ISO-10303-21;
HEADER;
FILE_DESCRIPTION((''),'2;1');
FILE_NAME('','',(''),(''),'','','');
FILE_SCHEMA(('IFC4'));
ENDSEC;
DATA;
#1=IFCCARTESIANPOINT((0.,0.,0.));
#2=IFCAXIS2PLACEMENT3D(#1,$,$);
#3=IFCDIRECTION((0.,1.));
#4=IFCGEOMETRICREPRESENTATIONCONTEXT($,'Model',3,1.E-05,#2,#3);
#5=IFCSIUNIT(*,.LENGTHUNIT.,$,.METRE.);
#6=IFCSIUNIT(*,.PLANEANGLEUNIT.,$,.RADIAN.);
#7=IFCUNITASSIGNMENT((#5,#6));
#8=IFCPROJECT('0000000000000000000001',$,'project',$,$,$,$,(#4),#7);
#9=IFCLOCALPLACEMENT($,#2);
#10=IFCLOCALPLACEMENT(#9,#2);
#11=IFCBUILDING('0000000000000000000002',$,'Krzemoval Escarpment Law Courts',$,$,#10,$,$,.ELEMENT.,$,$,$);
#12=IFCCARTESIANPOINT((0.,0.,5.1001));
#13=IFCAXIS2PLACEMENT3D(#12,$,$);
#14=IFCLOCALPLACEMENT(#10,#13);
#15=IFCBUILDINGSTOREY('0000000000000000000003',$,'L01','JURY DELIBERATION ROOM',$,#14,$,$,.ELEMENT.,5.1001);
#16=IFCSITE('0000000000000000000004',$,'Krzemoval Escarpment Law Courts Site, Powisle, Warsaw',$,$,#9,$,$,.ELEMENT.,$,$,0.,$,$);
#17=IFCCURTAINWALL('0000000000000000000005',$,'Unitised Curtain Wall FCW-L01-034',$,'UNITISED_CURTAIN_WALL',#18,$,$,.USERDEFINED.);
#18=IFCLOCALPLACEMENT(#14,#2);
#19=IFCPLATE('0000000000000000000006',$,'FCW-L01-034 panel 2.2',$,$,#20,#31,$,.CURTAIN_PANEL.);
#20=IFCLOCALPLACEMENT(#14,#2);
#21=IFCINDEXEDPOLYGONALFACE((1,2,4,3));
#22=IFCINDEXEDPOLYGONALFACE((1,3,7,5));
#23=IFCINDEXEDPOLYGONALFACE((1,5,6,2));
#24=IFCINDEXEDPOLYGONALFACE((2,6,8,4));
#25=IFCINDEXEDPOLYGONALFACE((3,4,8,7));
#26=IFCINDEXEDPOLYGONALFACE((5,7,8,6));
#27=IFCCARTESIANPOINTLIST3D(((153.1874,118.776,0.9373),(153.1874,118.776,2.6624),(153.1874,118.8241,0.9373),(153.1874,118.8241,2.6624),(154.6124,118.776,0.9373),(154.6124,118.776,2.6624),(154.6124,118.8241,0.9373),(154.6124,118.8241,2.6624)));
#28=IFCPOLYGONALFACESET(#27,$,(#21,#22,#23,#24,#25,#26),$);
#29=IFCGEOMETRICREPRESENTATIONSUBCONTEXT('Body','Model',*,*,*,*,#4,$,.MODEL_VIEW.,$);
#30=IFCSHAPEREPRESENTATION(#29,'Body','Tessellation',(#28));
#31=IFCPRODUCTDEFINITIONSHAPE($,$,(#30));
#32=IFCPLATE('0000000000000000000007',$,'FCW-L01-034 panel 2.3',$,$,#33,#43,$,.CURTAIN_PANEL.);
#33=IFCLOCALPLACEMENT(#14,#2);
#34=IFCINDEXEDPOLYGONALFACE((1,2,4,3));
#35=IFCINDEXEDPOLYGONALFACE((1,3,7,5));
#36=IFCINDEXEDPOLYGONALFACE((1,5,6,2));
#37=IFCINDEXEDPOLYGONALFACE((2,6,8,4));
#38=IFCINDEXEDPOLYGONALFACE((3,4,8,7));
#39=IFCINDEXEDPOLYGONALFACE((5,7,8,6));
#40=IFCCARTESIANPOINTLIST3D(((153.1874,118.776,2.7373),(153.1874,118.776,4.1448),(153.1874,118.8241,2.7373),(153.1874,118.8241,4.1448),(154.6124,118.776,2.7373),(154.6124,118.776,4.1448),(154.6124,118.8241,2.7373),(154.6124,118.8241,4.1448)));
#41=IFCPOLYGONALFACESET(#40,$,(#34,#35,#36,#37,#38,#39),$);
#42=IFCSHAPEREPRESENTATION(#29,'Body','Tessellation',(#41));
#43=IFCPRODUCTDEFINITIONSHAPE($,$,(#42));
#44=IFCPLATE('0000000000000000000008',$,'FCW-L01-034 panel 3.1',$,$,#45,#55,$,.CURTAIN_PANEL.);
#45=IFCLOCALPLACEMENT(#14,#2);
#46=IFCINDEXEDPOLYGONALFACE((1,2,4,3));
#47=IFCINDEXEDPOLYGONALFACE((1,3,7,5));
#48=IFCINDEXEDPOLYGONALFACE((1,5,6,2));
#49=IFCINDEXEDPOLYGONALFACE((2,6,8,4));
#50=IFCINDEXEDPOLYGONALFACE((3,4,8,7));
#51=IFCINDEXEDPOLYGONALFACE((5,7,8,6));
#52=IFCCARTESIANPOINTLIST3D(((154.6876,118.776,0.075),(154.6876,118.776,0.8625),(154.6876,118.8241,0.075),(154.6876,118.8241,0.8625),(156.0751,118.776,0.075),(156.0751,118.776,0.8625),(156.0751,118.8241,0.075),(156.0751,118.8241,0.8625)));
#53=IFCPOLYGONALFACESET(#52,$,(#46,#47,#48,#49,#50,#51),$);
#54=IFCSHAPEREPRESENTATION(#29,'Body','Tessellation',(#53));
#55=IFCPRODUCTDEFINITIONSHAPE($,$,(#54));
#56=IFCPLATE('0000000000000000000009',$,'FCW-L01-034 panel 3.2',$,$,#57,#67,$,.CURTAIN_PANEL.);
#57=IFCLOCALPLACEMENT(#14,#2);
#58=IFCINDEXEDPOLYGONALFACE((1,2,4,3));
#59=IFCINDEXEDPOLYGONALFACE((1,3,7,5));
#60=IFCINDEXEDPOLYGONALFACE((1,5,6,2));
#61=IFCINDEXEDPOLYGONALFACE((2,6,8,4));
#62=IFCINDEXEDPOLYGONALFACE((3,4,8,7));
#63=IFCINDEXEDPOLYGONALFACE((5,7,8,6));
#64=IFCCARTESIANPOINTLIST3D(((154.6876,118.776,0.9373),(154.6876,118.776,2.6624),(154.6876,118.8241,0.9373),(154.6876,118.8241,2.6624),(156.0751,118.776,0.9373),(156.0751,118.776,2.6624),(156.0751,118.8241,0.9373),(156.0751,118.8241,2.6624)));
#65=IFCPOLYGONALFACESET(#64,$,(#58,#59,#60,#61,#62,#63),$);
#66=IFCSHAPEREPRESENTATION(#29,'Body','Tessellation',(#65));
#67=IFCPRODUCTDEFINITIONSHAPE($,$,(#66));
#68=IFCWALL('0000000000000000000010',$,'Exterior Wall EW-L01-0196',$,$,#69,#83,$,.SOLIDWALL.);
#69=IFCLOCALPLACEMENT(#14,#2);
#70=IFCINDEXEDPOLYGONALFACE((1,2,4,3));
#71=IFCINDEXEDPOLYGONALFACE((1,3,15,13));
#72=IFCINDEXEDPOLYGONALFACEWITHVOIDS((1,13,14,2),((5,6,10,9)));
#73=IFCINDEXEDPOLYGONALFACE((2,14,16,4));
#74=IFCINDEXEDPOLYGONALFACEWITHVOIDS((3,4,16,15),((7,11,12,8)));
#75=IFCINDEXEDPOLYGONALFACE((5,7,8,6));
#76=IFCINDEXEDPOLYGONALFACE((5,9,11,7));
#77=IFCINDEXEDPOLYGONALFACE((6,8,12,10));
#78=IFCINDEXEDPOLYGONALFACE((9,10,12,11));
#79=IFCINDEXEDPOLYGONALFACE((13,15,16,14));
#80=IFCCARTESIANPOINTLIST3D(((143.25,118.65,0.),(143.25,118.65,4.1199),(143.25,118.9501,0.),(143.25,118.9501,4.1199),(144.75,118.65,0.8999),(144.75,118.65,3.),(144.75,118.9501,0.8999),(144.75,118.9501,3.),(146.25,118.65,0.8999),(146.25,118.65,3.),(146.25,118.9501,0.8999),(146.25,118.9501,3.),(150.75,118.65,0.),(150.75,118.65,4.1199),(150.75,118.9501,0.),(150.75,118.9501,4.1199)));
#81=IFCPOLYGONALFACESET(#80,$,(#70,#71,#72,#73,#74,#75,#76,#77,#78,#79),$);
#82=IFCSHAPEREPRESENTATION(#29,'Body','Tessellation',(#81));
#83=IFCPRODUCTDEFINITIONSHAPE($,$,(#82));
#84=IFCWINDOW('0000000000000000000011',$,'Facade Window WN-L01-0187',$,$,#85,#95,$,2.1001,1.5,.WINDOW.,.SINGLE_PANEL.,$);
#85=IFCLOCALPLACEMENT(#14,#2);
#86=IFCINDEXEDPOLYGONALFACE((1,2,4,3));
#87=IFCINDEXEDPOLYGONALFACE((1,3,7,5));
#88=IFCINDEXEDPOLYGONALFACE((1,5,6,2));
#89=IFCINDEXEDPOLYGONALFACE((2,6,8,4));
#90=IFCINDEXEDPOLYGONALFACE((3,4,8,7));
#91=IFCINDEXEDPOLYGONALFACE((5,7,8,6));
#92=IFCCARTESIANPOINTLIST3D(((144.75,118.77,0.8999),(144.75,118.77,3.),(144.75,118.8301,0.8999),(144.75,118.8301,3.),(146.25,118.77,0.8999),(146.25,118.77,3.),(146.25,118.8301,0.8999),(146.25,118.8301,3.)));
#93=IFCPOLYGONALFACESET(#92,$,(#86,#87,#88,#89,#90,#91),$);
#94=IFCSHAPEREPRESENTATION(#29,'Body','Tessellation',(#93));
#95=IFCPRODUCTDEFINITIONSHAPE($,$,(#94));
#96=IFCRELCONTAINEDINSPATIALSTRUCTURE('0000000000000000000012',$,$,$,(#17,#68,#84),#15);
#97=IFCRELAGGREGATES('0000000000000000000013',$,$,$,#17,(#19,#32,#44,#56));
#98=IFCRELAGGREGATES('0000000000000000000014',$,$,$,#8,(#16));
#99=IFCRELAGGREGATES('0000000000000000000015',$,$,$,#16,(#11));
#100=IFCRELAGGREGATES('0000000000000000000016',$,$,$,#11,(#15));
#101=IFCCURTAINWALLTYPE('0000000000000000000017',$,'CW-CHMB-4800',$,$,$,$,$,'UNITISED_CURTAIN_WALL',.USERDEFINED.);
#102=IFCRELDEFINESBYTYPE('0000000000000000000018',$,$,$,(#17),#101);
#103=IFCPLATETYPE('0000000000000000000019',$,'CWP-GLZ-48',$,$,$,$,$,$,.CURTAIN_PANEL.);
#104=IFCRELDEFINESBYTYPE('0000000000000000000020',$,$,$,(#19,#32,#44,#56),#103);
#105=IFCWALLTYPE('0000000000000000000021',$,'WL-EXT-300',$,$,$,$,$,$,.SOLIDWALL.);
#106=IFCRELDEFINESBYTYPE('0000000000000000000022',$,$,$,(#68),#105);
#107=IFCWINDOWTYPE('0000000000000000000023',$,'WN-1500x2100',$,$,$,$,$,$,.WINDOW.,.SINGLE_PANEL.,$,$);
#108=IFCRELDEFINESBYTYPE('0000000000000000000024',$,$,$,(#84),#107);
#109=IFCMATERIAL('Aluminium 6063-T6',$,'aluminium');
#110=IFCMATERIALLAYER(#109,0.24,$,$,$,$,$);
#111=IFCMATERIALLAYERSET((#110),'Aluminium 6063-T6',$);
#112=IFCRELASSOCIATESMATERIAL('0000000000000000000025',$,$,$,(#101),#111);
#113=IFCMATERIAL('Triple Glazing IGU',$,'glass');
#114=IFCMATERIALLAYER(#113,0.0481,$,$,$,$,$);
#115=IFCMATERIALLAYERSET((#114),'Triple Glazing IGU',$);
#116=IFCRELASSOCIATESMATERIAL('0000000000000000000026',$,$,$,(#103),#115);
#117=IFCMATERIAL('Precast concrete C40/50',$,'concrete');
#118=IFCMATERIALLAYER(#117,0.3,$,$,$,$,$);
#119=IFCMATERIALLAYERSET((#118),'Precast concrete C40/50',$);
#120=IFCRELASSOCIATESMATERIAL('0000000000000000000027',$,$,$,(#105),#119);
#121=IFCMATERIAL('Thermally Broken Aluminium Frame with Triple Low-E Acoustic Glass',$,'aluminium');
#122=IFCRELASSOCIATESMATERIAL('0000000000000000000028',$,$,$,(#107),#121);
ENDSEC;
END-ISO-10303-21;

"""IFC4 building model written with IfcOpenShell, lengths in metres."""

from ifc_helpers import new_model, si_unit, direction, frame, frame_2d, origin, origin_2d, place, context, subcontext, project, spatial, rectangle, extrude, material, layer, layer_set, type_object, element, fill, aggregate, save


model = new_model("IFC4")

# Units and contexts
model_context = context("Model", 3, precision=1e-05, world=origin(), true_north=direction((0.0, 1.0)))
body_context = subcontext(model_context, "Body", "Model", "MODEL_VIEW")
ifc_project = project(units=[si_unit("LENGTHUNIT", "METRE"), si_unit("PLANEANGLEUNIT", "RADIAN")], contexts=[model_context])

# Site, building, storey
site_placement = place(None, origin())
site = spatial("IfcSite", under=ifc_project, at=site_placement, Name="Krzemoval Escarpment Law Courts Site, Powisle, Warsaw", CompositionType="ELEMENT", RefElevation=0.0)
building_placement = place(site_placement, origin())
building = spatial("IfcBuilding", under=site, at=building_placement, Name="Krzemoval Escarpment Law Courts", CompositionType="ELEMENT")
storey_placement = place(building_placement, frame((0.0, 0.0, 5.1001)))
storey = spatial("IfcBuildingStorey", under=building, at=storey_placement, Name="L01", Description="JURY DELIBERATION ROOM", CompositionType="ELEMENT", Elevation=5.1001)

# Curtain wall, plates
ifc_material_1 = material(Name="Aluminium 6063-T6", Category="aluminium")
ifc_layer_1 = layer(ifc_material_1, 0.24)
ifc_layer_set_1 = layer_set([ifc_layer_1], Name="Aluminium 6063-T6")
curtain_wall_type = type_object("IfcCurtainWallType", Name="CW-CHMB-4800", ElementType="UNITISED_CURTAIN_WALL", PredefinedType="USERDEFINED", material=ifc_layer_set_1)
curtain_wall_placement = place(storey_placement, origin())
curtain_wall = element("IfcCurtainWall", 1, at=curtain_wall_placement, inside=storey, type_object=curtain_wall_type, Name="Unitised Curtain Wall FCW-L01-034", ObjectType="UNITISED_CURTAIN_WALL", PredefinedType="USERDEFINED")
ifc_material_2 = material(Name="Triple Glazing IGU", Category="glass")
ifc_layer_2 = layer(ifc_material_2, 0.0481)
ifc_layer_set_2 = layer_set([ifc_layer_2], Name="Triple Glazing IGU")
plate_type = type_object("IfcPlateType", Name="CWP-GLZ-48", PredefinedType="CURTAIN_PANEL", material=ifc_layer_set_2)
plate_1_placement = place(storey_placement, frame((153.8999, 118.8, 0.9373), z_axis=(0.0, 0.0, 1.0), x_axis=(1.0, 0.0, 0.0)))
plate_1 = element("IfcPlate", 2, at=plate_1_placement, type_object=plate_type, Name="FCW-L01-034 panel 2.2", PredefinedType="CURTAIN_PANEL", context=body_context, shape_type="SweptSolid", body=[
    extrude(rectangle(XDim=1.425, YDim=0.0481, at=origin_2d()), origin(), (0.0, 0.0, 1.0), 1.7251),
])
plate_2_placement = place(storey_placement, frame((153.8999, 118.8, 2.7373), z_axis=(0.0, 0.0, 1.0), x_axis=(1.0, 0.0, 0.0)))
plate_2 = element("IfcPlate", 3, at=plate_2_placement, type_object=plate_type, Name="FCW-L01-034 panel 2.3", PredefinedType="CURTAIN_PANEL", context=body_context, shape_type="SweptSolid", body=[
    extrude(rectangle(XDim=1.425, YDim=0.0481, at=origin_2d()), origin(), (0.0, 0.0, 1.0), 1.4075),
])
plate_3_placement = place(storey_placement, frame((155.3813, 118.8, 0.075), z_axis=(0.0, 0.0, 1.0), x_axis=(1.0, 0.0, 0.0)))
plate_3 = element("IfcPlate", 4, at=plate_3_placement, type_object=plate_type, Name="FCW-L01-034 panel 3.1", PredefinedType="CURTAIN_PANEL", context=body_context, shape_type="SweptSolid", body=[
    extrude(rectangle(XDim=1.3875, YDim=0.0481, at=origin_2d()), origin(), (0.0, 0.0, 1.0), 0.7876),
])
plate_4_placement = place(storey_placement, frame((155.3813, 118.8, 0.9373), z_axis=(0.0, 0.0, 1.0), x_axis=(1.0, 0.0, 0.0)))
plate_4 = element("IfcPlate", 5, at=plate_4_placement, type_object=plate_type, Name="FCW-L01-034 panel 3.2", PredefinedType="CURTAIN_PANEL", context=body_context, shape_type="SweptSolid", body=[
    extrude(rectangle(XDim=1.3875, YDim=0.0481, at=origin_2d()), origin(), (0.0, 0.0, 1.0), 1.7251),
])
aggregate(curtain_wall, [plate_1, plate_2, plate_3, plate_4])

# Wall, opening, window
ifc_material_3 = material(Name="Precast concrete C40/50", Category="concrete")
ifc_layer_3 = layer(ifc_material_3, 0.3)
ifc_layer_set_3 = layer_set([ifc_layer_3], Name="Precast concrete C40/50")
wall_type = type_object("IfcWallType", Name="WL-EXT-300", PredefinedType="SOLIDWALL", material=ifc_layer_set_3)
wall_placement = place(storey_placement, frame((143.25, 118.8, 0.0), z_axis=(0.0, 0.0, 1.0), x_axis=(1.0, 0.0, 0.0)))
wall = element("IfcWall", 6, at=wall_placement, inside=storey, type_object=wall_type, Name="Exterior Wall EW-L01-0196", PredefinedType="SOLIDWALL", context=body_context, shape_type="SweptSolid", body=[
    extrude(rectangle(XDim=7.5, YDim=0.3, at=frame_2d((3.75, 0.0))), origin(), (0.0, 0.0, 1.0), 4.1199),
])
opening_placement = place(wall_placement, frame((1.5, 0.0, 0.8999)))
opening = element("IfcOpeningElement", 7, at=opening_placement, cuts=wall, PredefinedType="OPENING", context=body_context, shape_type="SweptSolid", body=[
    extrude(rectangle(XDim=1.5, YDim=2.1001, at=frame_2d((0.75, 1.05))), frame((0.0, 0.165, 0.0), z_axis=(0.0, -1.0, 0.0), x_axis=(1.0, 0.0, 0.0)), (0.0, 0.0, 1.0), 0.3301),
])
ifc_material_4 = material(Name="Thermally Broken Aluminium Frame with Triple Low-E Acoustic Glass", Category="aluminium")
window_type = type_object("IfcWindowType", Name="WN-1500x2100", PartitioningType="SINGLE_PANEL", PredefinedType="WINDOW", material=ifc_material_4)
window_placement = place(opening_placement, origin())
window = element("IfcWindow", 8, at=window_placement, inside=storey, type_object=window_type, Name="Facade Window WN-L01-0187", OverallHeight=2.1001, OverallWidth=1.5, PartitioningType="SINGLE_PANEL", PredefinedType="WINDOW", context=body_context, shape_type="SweptSolid", body=[
    extrude(rectangle(XDim=1.5, YDim=2.1001, at=frame_2d((0.75, 1.05))), frame((0.0, 0.03, 0.0), z_axis=(0.0, -1.0, 0.0), x_axis=(1.0, 0.0, 0.0)), (0.0, 0.0, 1.0), 0.0601),
])
fill(opening, window)

save(model, "model.ifc")
